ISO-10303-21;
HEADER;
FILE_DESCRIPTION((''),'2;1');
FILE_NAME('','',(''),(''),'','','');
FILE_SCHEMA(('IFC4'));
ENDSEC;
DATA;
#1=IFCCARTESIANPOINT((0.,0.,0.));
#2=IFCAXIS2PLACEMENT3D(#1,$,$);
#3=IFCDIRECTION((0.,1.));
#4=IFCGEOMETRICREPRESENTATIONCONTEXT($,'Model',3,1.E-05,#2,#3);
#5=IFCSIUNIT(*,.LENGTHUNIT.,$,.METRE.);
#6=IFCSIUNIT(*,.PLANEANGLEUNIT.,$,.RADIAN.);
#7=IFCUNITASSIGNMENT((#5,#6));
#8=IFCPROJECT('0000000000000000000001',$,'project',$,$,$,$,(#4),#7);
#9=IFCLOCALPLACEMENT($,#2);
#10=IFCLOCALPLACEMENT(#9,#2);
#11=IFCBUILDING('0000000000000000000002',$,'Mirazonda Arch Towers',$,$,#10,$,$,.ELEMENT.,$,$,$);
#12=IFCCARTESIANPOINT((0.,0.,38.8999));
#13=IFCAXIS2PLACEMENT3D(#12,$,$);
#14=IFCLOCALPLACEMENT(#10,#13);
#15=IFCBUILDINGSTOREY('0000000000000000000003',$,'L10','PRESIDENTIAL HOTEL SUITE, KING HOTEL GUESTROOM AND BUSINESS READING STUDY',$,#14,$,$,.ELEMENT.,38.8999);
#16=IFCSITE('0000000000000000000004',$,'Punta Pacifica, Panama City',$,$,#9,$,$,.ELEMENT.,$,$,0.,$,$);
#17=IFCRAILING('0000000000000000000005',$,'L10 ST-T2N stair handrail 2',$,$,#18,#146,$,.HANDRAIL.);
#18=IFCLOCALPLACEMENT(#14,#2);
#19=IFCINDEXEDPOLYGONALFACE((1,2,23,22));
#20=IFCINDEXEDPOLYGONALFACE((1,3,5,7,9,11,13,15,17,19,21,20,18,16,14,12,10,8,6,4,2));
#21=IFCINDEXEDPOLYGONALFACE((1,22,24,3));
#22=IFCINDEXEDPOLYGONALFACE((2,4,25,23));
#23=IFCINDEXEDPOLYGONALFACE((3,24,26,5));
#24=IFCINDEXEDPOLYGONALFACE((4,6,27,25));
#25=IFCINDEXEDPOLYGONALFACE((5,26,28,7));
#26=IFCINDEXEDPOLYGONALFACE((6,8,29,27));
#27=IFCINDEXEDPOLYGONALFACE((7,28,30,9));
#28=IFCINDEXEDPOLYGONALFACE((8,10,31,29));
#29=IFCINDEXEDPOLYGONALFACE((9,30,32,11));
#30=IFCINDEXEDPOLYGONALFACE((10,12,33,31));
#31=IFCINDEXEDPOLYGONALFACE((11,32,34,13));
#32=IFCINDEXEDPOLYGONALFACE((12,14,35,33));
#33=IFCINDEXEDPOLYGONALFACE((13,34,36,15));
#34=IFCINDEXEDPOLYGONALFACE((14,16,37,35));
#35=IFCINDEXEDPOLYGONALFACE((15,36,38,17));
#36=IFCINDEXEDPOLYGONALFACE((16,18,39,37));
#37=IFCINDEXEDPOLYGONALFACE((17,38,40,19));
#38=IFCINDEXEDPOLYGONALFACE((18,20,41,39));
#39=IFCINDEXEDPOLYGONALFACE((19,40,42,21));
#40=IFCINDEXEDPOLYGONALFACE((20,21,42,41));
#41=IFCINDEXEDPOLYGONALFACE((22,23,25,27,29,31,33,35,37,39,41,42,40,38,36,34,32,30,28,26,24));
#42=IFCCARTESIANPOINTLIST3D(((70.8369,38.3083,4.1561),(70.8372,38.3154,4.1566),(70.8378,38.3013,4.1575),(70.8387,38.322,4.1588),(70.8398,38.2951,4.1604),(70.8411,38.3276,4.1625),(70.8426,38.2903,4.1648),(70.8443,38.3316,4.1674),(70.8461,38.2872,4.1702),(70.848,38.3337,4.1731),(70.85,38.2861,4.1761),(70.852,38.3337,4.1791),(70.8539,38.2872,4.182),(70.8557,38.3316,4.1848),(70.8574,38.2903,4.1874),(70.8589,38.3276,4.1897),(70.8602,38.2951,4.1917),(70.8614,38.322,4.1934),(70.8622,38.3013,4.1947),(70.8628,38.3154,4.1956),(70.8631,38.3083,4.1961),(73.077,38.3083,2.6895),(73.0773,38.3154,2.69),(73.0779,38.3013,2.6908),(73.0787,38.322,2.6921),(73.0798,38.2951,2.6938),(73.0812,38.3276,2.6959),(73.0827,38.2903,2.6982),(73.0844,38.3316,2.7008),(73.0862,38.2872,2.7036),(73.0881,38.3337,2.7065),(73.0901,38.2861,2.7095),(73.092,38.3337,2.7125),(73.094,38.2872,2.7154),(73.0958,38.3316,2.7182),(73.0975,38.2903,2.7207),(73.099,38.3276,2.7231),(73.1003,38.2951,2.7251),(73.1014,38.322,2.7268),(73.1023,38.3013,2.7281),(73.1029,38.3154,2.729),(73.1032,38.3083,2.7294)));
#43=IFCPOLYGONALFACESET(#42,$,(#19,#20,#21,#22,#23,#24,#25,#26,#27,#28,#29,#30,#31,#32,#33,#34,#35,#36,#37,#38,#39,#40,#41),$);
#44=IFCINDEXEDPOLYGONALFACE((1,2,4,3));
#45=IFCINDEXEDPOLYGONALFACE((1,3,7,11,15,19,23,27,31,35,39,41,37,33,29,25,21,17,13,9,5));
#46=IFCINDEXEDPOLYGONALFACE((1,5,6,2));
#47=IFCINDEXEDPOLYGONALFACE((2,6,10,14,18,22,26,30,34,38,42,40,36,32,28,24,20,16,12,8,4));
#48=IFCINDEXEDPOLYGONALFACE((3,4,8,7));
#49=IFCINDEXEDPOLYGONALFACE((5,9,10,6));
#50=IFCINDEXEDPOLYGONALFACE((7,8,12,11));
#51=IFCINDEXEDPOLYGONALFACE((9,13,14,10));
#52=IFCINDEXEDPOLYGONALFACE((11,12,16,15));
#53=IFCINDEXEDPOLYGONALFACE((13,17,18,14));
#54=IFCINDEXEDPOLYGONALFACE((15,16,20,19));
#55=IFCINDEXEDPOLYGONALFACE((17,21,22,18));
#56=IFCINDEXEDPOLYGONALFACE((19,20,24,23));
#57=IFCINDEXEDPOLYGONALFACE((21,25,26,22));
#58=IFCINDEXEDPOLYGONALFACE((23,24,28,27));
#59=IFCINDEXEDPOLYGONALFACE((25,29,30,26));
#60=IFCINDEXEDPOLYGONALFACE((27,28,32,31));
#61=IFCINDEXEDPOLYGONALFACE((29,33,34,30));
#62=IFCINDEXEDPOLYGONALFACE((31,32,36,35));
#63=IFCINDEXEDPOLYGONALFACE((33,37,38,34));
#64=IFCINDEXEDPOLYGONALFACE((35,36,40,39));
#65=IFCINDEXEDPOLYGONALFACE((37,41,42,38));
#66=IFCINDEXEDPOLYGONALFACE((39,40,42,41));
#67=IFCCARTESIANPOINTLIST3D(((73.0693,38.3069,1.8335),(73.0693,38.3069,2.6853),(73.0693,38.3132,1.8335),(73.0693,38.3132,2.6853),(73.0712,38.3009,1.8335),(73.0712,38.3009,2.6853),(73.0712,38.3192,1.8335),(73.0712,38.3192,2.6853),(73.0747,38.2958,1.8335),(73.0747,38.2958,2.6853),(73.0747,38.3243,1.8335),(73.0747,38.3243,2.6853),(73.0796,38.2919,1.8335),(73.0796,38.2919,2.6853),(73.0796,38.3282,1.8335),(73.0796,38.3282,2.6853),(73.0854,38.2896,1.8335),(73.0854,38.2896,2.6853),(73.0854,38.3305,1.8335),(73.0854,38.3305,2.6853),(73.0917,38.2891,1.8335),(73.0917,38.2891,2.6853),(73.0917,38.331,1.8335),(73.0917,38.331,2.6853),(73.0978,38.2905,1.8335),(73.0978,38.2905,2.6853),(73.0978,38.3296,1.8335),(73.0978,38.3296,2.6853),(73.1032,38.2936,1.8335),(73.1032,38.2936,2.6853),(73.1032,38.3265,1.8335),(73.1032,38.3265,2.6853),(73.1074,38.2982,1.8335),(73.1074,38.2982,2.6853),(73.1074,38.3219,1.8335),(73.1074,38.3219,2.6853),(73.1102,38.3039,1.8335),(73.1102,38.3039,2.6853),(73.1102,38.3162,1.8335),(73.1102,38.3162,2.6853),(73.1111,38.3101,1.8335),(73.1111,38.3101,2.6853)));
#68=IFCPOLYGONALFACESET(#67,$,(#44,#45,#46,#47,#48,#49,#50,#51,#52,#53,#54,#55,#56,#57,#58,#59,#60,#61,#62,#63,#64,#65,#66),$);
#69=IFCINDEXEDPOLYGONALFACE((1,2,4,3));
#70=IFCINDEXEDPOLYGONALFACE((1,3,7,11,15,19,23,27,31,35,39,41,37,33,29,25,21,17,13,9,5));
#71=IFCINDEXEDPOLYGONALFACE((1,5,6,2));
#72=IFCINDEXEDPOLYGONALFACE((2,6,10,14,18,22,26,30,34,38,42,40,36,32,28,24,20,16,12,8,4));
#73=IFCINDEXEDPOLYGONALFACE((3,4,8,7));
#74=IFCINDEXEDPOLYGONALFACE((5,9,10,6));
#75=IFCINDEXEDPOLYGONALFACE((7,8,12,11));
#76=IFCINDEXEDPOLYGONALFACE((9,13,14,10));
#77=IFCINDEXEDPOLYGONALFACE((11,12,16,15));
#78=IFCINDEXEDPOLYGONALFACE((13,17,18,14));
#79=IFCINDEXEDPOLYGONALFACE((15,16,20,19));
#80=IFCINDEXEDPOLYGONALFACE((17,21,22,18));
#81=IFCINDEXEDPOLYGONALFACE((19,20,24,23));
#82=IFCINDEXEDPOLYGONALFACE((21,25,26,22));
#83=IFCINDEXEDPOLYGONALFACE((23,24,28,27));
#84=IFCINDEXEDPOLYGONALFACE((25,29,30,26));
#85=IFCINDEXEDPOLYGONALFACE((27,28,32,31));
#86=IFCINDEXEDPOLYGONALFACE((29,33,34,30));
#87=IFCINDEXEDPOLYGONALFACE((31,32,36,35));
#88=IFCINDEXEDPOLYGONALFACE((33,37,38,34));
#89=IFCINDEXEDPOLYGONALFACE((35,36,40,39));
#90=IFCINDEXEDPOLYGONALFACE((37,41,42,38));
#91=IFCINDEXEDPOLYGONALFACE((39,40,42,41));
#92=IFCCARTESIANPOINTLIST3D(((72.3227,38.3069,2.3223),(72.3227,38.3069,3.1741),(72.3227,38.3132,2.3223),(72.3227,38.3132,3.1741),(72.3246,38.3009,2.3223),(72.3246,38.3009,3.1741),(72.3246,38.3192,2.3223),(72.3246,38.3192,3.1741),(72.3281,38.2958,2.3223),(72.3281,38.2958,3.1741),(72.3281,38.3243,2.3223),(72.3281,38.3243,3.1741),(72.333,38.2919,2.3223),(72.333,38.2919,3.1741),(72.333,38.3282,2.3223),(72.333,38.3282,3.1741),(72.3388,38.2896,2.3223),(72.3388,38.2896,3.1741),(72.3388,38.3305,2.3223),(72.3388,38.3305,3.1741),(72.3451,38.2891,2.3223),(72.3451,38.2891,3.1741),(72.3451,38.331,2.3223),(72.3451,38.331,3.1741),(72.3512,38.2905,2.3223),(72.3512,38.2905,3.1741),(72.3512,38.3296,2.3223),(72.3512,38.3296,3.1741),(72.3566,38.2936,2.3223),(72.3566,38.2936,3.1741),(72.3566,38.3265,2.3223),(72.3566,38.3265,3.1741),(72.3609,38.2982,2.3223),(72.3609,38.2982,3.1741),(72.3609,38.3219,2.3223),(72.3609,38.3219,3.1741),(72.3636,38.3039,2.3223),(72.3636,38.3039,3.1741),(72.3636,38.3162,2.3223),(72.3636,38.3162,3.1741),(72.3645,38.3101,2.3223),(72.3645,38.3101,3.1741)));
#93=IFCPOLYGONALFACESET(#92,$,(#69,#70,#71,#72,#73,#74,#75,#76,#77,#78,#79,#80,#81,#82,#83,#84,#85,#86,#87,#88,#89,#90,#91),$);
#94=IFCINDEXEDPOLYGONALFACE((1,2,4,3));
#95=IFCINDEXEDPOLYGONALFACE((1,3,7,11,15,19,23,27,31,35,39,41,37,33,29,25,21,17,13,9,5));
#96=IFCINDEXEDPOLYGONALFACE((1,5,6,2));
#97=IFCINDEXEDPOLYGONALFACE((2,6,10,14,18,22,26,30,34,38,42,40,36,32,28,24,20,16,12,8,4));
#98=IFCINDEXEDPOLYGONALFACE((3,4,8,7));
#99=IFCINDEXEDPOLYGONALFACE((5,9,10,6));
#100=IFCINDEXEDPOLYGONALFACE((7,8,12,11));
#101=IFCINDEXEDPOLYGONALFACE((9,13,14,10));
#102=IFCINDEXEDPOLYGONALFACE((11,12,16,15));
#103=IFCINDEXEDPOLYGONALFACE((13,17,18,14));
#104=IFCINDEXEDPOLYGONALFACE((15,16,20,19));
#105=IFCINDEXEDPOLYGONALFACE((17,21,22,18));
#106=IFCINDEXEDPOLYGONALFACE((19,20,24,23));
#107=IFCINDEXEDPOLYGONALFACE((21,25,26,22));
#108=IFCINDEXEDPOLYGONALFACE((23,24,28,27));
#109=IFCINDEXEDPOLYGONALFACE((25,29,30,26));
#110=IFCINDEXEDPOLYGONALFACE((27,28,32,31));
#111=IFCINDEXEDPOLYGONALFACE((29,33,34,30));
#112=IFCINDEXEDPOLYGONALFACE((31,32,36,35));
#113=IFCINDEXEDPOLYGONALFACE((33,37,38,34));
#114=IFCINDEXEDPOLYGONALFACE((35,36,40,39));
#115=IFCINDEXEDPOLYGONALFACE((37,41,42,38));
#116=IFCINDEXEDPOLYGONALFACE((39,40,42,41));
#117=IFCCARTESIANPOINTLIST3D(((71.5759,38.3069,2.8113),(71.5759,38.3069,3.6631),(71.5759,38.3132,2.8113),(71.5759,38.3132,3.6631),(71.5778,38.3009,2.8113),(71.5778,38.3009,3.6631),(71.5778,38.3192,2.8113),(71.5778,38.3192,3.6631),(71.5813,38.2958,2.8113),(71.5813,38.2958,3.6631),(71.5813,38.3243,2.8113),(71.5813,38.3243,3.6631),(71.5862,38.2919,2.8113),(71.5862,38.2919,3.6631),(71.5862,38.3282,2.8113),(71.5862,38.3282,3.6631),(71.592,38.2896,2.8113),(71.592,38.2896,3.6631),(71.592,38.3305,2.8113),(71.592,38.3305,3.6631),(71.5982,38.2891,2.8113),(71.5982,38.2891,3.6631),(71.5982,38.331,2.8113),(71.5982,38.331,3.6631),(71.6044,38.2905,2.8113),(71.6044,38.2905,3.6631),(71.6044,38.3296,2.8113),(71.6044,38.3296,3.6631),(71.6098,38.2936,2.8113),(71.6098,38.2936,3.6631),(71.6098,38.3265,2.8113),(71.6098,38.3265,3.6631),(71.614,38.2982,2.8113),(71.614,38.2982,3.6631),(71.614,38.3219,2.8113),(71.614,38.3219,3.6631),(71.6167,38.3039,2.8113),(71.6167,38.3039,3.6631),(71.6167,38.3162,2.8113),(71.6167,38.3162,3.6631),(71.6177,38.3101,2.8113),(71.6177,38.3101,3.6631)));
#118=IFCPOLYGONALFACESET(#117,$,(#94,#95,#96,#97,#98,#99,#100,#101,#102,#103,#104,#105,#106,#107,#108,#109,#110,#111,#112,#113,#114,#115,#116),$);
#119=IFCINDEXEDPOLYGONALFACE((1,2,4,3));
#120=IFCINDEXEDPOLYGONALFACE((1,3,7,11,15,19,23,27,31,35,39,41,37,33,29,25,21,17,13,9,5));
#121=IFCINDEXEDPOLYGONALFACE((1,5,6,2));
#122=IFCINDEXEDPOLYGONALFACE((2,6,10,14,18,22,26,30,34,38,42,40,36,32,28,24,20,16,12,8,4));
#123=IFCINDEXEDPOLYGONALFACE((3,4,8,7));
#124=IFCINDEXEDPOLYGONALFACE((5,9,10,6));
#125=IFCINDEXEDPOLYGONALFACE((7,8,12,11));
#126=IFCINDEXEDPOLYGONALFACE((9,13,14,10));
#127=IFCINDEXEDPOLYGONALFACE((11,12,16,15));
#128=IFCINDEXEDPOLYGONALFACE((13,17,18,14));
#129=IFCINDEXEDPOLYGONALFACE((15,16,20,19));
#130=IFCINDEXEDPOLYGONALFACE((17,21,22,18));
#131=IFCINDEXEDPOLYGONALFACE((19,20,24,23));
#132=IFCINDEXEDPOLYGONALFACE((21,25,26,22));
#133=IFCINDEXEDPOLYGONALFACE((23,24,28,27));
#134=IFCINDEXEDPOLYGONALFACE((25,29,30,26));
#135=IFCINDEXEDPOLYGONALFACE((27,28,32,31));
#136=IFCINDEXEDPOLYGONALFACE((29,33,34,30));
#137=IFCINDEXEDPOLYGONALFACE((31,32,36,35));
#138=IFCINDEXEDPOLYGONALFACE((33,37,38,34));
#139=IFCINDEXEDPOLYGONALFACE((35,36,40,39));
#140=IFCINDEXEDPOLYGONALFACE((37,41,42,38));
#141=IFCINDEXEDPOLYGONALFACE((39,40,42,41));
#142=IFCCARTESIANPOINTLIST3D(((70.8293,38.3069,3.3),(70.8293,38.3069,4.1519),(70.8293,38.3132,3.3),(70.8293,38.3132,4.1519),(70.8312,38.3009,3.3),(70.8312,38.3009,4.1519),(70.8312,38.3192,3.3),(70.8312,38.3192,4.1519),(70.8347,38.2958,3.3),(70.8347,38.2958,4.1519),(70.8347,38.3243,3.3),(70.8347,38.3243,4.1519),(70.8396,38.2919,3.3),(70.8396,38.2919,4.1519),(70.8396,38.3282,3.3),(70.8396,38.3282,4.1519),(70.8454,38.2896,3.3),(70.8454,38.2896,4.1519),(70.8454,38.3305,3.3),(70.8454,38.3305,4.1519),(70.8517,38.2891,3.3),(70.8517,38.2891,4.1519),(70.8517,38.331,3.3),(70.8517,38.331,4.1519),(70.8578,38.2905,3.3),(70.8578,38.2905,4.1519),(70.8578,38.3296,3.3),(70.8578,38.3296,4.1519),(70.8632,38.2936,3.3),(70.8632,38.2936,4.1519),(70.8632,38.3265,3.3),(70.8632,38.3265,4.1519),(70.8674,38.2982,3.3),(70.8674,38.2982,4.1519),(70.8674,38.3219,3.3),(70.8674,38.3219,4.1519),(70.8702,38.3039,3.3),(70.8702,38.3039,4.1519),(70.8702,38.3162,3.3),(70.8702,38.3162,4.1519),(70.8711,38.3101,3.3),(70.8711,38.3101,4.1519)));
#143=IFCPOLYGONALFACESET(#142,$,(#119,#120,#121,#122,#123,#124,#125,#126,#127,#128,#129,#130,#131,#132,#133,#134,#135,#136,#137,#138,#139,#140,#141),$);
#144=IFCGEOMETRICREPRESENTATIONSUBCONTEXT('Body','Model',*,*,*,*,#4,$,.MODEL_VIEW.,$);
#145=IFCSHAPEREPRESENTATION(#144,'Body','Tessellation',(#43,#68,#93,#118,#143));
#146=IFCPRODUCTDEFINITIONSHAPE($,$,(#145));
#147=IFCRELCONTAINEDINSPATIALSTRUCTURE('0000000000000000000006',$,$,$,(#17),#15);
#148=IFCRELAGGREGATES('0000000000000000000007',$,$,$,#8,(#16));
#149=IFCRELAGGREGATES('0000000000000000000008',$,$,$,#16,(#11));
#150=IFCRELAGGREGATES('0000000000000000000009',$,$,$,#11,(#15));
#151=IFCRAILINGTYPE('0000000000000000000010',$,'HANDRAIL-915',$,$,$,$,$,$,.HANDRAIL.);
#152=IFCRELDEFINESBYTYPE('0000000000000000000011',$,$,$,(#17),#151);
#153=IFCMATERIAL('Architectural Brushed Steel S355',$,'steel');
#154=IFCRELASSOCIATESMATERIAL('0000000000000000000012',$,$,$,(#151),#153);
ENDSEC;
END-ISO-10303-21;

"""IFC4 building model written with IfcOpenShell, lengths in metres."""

from ifc_helpers import new_model, si_unit, direction, frame, origin, origin_2d, place, context, subcontext, project, spatial, circle, extrude, material, type_object, element, save


model = new_model("IFC4")

# Units and contexts
model_context = context("Model", 3, precision=1e-05, world=origin(), true_north=direction((0.0, 1.0)))
body_context = subcontext(model_context, "Body", "Model", "MODEL_VIEW")
ifc_project = project(units=[si_unit("LENGTHUNIT", "METRE"), si_unit("PLANEANGLEUNIT", "RADIAN")], contexts=[model_context])

# Site, building, storey
site_placement = place(None, origin())
site = spatial("IfcSite", under=ifc_project, at=site_placement, Name="Punta Pacifica, Panama City", CompositionType="ELEMENT", RefElevation=0.0)
building_placement = place(site_placement, origin())
building = spatial("IfcBuilding", under=site, at=building_placement, Name="Mirazonda Arch Towers", CompositionType="ELEMENT")
storey_placement = place(building_placement, frame((0.0, 0.0, 38.8999)))
storey = spatial("IfcBuildingStorey", under=building, at=storey_placement, Name="L10", Description="PRESIDENTIAL HOTEL SUITE, KING HOTEL GUESTROOM AND BUSINESS READING STUDY", CompositionType="ELEMENT", Elevation=38.8999)

# Railing
ifc_material_1 = material(Name="Architectural Brushed Steel S355", Category="steel")
railing_type_1 = type_object("IfcRailingType", Name="HANDRAIL-915", PredefinedType="HANDRAIL", material=ifc_material_1)
railing_1_placement = place(storey_placement, frame((73.0901, 38.3101, 1.8335)))
element("IfcRailing", 1, at=railing_1_placement, inside=storey, type_object=railing_type_1, Name="L10 ST-T2N stair handrail 2", PredefinedType="HANDRAIL", context=body_context, shape_type="SweptSolid", body=[
    extrude(circle(Radius=0.0239, at=origin_2d()), frame((0.0, 0.0, 0.876), z_axis=(-0.836637, 0.0, 0.547758), x_axis=(0.0, -1.0, 0.0)), (0.0, 0.0, 1.0), 2.6775),
    extrude(circle(Radius=0.021, at=origin_2d()), origin(), (0.0, 0.0, 1.0), 0.8518),
    extrude(circle(Radius=0.021, at=origin_2d()), frame((-0.7466, 0.0, 0.4888)), (0.0, 0.0, 1.0), 0.8518),
    extrude(circle(Radius=0.021, at=origin_2d()), frame((-1.4934, 0.0, 0.9778)), (0.0, 0.0, 1.0), 0.8518),
    extrude(circle(Radius=0.021, at=origin_2d()), frame((-2.24, 0.0, 1.4666)), (0.0, 0.0, 1.0), 0.8518),
])

save(model, "model.ifc")
